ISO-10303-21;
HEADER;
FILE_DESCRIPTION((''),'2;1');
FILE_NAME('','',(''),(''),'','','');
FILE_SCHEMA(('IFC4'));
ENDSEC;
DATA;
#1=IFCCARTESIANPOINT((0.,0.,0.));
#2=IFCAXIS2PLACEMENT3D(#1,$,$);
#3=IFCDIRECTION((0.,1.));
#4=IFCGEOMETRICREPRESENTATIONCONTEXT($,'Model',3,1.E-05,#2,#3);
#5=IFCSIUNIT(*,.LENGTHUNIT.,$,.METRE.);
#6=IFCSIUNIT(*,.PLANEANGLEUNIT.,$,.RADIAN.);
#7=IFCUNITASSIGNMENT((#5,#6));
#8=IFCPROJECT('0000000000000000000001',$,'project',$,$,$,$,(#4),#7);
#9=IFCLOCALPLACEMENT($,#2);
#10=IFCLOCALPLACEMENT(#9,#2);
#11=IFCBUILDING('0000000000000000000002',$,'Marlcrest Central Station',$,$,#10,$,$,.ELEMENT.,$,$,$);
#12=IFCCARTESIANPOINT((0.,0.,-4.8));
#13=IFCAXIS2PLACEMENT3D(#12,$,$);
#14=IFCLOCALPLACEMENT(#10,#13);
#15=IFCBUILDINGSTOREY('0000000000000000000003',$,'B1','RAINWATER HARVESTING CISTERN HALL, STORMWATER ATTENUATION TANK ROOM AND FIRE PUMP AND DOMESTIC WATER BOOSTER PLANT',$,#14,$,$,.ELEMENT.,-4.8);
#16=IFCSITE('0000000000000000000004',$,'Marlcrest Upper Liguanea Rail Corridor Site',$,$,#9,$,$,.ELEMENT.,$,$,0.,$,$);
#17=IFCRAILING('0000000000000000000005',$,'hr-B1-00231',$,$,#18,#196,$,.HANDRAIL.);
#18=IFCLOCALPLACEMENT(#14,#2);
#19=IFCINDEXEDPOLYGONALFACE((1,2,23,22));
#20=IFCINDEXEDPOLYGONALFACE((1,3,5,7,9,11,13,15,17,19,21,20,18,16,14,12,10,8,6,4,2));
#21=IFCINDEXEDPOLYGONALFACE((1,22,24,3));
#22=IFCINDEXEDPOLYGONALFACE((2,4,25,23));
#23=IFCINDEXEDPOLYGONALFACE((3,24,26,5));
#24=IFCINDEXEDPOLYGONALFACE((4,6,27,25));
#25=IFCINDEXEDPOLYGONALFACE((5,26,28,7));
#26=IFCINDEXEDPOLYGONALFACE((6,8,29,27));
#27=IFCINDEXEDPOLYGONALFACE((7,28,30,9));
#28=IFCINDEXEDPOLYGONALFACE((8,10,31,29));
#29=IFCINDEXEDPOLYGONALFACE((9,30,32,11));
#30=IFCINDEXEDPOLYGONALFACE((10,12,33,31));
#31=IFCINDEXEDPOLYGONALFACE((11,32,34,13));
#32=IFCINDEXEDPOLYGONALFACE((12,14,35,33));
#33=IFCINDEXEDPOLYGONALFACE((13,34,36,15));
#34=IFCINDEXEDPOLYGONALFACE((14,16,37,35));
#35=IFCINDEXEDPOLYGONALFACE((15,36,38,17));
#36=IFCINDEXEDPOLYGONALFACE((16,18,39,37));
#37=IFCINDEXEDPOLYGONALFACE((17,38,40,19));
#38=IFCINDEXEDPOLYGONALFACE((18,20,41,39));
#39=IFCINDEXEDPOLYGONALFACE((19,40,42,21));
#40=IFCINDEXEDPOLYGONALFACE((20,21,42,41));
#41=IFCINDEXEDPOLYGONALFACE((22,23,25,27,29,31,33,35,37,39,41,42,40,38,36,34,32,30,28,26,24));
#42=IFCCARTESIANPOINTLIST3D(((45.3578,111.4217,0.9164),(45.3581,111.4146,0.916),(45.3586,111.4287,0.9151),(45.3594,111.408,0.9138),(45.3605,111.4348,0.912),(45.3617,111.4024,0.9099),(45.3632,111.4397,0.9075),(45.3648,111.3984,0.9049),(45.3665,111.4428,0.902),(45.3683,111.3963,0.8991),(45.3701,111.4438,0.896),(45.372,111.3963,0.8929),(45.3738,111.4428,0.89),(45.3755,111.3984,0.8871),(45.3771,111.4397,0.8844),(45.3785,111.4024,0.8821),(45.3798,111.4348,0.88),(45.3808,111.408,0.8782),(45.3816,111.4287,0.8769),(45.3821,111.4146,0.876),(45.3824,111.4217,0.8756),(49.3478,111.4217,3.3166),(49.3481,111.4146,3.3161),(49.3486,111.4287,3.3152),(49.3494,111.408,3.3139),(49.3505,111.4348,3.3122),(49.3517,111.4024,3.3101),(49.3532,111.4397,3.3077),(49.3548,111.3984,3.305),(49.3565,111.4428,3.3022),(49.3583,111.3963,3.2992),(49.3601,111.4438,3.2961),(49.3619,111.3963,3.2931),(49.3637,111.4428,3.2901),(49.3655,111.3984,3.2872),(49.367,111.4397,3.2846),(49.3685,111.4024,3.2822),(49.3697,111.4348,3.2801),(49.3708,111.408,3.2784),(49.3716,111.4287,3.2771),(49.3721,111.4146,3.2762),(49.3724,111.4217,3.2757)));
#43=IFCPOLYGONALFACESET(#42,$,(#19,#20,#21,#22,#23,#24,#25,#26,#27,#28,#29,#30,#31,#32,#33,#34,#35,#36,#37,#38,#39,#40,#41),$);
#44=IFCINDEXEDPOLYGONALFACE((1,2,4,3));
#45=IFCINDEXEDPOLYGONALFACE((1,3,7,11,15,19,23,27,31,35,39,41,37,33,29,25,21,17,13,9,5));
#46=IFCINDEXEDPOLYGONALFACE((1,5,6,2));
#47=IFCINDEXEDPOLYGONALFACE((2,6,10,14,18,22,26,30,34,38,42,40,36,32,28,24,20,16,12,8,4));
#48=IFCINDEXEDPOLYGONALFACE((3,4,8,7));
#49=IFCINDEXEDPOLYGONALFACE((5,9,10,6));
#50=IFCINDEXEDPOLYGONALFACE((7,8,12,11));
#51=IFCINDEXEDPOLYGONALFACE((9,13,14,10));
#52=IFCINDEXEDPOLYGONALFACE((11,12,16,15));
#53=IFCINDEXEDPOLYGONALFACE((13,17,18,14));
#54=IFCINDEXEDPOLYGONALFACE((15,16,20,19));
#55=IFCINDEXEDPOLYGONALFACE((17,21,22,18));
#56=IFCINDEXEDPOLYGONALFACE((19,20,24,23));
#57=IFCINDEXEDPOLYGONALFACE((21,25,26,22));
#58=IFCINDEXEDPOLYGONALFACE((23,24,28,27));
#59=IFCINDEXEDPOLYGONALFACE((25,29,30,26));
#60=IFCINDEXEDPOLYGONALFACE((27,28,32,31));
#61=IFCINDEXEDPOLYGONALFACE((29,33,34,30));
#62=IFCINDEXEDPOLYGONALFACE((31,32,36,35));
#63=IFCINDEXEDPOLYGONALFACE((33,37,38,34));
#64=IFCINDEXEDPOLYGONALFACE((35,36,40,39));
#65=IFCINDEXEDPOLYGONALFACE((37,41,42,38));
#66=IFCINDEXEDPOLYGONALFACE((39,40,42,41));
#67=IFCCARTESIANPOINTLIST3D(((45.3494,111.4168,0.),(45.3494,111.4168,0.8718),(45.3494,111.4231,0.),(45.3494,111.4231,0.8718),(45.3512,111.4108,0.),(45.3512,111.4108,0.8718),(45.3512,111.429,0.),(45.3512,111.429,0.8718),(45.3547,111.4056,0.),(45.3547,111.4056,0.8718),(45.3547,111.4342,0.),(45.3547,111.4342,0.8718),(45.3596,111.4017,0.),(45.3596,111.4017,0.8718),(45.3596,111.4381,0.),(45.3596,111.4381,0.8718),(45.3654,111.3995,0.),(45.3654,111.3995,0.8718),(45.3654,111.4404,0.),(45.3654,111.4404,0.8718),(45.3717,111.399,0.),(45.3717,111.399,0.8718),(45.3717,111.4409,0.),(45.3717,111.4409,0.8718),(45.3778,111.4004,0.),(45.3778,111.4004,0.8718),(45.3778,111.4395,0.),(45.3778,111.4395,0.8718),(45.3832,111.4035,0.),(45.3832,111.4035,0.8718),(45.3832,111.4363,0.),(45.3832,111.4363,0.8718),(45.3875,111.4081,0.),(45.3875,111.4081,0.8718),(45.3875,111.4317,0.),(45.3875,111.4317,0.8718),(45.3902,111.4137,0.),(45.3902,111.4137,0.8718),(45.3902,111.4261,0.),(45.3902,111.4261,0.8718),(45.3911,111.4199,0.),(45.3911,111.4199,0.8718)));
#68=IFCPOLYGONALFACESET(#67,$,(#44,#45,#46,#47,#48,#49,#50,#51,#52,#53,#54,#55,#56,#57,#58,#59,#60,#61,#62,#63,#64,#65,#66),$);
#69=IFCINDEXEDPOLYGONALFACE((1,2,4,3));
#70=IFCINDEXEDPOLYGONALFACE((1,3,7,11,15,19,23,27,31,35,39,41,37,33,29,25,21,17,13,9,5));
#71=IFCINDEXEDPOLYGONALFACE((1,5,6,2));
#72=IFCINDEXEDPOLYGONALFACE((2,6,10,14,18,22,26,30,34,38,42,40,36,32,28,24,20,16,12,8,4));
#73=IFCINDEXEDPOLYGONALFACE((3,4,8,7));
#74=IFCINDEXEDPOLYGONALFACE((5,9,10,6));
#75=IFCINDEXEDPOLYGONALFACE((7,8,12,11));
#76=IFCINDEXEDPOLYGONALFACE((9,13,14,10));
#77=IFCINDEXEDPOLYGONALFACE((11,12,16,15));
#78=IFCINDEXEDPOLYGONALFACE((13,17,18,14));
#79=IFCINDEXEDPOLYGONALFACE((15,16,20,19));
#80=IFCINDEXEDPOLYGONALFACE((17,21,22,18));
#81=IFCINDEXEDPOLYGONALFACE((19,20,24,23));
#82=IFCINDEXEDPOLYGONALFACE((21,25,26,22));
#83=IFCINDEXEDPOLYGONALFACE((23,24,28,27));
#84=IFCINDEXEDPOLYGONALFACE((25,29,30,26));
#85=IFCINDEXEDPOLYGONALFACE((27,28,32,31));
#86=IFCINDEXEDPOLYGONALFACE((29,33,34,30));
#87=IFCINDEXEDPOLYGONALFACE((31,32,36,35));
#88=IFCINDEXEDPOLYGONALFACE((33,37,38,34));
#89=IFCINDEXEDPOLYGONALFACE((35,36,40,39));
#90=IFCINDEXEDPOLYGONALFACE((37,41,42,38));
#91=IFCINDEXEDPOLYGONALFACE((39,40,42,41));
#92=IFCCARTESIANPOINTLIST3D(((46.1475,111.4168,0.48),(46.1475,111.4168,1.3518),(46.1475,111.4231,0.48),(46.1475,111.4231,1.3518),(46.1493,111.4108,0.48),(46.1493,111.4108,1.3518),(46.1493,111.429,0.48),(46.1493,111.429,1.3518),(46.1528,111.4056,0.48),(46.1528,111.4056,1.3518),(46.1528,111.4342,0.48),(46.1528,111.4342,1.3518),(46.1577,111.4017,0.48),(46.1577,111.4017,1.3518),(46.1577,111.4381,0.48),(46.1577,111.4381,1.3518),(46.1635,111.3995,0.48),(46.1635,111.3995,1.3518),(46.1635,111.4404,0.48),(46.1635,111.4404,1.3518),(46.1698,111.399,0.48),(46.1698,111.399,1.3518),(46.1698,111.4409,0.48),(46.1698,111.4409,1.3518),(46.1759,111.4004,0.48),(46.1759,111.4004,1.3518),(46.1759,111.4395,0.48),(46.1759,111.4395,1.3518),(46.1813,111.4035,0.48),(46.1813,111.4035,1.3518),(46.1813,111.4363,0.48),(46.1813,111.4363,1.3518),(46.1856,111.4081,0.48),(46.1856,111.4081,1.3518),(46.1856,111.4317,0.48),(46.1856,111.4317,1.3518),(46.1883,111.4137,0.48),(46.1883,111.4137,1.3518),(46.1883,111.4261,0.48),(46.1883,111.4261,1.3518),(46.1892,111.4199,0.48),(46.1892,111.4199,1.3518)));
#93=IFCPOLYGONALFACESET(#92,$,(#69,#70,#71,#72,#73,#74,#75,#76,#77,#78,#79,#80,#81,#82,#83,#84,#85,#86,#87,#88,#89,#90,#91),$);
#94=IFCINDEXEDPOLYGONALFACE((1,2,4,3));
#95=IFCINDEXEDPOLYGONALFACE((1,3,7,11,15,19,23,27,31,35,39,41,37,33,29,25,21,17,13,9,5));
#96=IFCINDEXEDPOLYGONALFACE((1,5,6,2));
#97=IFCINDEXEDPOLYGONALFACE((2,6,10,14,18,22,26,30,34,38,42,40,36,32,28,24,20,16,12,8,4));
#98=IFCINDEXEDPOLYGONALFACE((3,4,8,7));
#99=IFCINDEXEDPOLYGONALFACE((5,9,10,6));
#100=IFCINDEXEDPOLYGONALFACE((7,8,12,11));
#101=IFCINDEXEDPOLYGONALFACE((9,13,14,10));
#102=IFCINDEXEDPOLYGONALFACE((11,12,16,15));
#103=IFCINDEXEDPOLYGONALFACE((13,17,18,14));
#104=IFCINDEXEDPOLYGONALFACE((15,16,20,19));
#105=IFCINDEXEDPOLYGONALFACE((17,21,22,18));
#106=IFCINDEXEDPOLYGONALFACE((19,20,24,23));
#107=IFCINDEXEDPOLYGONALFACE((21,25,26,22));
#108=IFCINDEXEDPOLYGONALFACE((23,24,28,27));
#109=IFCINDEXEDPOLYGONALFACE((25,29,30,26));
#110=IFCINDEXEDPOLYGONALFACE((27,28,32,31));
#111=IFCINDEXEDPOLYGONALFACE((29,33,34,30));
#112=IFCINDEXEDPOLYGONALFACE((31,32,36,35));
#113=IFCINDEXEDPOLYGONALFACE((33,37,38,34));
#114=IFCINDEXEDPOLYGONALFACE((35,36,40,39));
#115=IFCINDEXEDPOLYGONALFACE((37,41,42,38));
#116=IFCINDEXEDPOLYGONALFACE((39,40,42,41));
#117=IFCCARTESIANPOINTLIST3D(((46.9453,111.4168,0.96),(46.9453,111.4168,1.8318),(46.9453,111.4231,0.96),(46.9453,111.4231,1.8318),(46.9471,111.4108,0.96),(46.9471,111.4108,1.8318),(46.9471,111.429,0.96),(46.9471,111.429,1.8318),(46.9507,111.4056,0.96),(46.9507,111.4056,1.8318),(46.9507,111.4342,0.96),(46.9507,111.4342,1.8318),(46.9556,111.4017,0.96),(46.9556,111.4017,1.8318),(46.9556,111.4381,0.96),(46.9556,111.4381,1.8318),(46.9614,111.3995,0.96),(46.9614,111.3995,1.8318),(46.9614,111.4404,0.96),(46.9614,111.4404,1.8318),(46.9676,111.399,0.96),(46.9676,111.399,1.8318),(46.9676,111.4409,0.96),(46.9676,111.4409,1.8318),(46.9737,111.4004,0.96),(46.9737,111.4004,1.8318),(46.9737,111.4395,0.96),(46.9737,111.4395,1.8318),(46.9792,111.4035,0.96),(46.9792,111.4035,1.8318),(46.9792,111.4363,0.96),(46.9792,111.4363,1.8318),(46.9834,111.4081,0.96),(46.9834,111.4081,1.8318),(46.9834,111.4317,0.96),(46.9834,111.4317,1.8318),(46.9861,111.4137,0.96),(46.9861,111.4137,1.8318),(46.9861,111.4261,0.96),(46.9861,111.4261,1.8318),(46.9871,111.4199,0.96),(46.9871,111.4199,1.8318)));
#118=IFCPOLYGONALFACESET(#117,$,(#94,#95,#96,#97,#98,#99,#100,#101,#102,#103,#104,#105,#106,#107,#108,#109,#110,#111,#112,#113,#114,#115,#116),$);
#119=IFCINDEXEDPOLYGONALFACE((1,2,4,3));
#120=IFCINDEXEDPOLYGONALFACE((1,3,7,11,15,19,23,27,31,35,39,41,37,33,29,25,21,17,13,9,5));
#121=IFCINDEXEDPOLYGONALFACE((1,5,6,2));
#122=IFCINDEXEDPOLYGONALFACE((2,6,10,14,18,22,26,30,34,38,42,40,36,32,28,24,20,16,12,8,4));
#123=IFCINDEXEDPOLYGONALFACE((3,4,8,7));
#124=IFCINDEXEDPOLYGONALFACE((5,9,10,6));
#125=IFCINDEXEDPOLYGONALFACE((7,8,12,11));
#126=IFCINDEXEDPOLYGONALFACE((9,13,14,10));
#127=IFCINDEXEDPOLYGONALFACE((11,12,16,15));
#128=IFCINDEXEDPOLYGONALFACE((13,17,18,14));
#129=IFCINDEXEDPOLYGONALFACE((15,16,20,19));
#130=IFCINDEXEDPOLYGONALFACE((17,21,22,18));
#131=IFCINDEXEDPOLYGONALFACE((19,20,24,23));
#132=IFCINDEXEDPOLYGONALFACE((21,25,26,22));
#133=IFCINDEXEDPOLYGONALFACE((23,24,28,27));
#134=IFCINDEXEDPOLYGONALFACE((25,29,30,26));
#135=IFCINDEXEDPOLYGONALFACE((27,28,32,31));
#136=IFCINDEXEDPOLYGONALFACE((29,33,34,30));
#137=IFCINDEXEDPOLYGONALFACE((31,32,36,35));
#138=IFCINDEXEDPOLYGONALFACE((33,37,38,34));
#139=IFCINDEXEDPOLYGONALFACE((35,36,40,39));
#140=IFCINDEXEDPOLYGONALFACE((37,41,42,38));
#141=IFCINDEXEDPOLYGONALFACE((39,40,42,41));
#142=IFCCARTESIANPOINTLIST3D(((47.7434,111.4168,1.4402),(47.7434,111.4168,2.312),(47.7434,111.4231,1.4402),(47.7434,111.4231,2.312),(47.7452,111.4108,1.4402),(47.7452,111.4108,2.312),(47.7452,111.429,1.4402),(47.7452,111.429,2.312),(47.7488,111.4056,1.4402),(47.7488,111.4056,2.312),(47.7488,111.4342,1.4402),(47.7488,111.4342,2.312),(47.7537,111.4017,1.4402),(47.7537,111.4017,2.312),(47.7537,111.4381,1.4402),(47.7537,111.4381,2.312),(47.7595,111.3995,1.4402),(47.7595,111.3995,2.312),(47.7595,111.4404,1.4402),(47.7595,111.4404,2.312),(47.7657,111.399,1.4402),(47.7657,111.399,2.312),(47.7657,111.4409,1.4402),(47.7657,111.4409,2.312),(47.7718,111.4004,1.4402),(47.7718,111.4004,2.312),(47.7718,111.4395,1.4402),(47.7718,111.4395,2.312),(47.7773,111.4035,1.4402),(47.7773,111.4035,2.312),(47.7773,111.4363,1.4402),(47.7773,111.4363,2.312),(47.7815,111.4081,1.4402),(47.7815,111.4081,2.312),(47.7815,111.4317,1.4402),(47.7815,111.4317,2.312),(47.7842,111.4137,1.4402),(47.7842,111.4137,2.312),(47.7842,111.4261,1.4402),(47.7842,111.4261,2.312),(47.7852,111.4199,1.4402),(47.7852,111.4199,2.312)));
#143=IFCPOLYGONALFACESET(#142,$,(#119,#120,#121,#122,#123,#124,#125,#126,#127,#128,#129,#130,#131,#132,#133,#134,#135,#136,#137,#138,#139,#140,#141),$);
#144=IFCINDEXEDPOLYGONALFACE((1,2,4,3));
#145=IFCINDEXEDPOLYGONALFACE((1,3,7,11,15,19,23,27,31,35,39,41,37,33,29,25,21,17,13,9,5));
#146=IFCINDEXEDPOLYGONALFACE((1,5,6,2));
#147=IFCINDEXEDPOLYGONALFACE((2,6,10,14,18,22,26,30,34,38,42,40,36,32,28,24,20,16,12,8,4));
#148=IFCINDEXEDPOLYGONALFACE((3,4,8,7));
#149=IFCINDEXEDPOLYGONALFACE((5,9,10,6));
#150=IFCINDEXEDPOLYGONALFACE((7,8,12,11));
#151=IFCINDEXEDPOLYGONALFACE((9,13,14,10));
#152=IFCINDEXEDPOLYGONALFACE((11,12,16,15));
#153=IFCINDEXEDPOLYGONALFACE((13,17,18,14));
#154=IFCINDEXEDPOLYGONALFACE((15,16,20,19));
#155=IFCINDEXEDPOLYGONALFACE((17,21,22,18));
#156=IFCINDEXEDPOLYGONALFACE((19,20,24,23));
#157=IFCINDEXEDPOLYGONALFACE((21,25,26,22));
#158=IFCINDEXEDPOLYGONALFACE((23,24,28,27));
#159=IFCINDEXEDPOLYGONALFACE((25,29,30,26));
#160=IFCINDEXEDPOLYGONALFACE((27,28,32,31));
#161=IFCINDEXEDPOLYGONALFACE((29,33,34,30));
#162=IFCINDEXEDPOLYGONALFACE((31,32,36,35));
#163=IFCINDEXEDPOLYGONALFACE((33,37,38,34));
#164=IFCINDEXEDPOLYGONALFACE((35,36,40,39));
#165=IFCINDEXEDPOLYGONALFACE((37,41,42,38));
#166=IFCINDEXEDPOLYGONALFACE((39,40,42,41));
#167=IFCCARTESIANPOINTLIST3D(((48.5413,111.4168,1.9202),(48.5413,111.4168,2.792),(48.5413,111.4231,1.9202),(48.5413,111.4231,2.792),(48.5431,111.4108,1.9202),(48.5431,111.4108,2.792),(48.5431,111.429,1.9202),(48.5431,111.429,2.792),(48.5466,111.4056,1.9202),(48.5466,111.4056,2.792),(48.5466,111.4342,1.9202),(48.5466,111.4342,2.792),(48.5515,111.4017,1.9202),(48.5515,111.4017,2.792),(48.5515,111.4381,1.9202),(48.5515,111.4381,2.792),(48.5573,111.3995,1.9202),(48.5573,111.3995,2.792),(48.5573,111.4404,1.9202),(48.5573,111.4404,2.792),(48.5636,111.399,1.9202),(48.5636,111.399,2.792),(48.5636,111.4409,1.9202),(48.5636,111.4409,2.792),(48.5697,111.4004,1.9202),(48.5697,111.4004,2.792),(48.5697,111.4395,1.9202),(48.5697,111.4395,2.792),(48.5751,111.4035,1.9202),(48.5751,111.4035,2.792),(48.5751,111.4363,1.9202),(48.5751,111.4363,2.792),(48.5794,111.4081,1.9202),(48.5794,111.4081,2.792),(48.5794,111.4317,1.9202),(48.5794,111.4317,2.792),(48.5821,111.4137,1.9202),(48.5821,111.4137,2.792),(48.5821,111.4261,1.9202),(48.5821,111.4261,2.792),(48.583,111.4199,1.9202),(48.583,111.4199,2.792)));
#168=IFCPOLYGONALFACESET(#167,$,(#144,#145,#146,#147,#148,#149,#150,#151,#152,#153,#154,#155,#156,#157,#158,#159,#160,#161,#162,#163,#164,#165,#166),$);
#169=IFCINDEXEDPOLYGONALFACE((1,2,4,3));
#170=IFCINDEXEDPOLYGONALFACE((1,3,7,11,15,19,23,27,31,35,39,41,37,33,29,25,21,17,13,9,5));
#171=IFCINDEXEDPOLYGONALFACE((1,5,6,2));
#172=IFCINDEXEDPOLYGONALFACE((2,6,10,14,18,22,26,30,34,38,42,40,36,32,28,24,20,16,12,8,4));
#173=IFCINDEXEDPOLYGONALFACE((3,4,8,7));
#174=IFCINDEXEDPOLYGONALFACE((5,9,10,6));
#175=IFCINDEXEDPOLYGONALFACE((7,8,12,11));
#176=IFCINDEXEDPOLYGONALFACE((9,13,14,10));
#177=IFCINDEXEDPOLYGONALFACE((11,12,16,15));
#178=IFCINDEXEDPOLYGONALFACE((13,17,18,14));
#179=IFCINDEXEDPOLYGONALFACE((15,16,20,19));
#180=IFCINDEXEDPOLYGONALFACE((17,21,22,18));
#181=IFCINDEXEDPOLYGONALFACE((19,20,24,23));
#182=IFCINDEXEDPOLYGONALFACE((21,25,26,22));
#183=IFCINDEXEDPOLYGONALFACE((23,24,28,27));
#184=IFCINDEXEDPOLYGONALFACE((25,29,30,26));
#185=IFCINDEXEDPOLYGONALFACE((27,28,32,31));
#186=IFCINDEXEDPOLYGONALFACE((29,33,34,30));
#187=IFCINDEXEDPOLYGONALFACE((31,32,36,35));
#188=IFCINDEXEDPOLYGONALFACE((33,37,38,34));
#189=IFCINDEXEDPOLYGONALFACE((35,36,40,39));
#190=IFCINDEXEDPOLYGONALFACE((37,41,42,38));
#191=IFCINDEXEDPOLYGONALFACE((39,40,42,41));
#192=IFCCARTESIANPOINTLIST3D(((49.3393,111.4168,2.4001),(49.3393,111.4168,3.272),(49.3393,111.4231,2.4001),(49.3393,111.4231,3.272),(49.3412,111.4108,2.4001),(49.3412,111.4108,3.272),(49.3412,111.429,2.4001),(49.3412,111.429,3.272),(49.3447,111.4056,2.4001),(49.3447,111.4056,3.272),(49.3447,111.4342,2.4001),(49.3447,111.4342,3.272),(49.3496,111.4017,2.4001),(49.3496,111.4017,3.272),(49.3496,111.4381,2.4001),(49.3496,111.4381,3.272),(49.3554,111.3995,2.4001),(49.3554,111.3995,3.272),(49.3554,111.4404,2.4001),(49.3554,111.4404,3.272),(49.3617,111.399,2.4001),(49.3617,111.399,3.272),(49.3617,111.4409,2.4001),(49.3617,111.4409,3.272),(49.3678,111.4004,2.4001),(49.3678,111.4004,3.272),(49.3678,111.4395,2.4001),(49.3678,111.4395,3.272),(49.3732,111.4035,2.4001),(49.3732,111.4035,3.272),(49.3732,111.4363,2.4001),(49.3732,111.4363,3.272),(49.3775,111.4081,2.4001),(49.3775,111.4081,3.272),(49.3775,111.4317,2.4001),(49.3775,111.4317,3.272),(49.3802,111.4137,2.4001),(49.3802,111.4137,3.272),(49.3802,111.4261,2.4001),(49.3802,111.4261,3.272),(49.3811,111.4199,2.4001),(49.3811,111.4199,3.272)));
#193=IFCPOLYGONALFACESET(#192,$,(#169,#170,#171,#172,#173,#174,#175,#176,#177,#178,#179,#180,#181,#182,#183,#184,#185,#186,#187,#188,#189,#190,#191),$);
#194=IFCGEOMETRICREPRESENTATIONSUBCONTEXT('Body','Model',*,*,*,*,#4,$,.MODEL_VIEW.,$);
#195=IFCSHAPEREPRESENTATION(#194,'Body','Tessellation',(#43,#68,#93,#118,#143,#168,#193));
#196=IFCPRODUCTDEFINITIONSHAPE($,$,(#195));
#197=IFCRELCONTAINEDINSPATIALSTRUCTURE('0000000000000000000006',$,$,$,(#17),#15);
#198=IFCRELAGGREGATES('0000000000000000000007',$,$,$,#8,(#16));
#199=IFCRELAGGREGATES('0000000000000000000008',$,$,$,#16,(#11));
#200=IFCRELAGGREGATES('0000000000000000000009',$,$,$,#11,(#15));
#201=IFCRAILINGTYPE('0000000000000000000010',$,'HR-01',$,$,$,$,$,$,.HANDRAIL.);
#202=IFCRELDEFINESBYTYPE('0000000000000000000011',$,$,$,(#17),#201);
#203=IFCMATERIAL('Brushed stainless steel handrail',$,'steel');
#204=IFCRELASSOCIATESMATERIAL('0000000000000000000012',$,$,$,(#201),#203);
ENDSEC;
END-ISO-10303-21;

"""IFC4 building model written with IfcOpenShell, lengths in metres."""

from ifc_helpers import new_model, si_unit, direction, frame, origin, origin_2d, place, context, subcontext, project, spatial, circle, extrude, material, type_object, element, save


model = new_model("IFC4")

# Units and contexts
model_context = context("Model", 3, precision=1e-05, world=origin(), true_north=direction((0.0, 1.0)))
body_context = subcontext(model_context, "Body", "Model", "MODEL_VIEW")
ifc_project = project(units=[si_unit("LENGTHUNIT", "METRE"), si_unit("PLANEANGLEUNIT", "RADIAN")], contexts=[model_context])

# Site, building, storey
site_placement = place(None, origin())
site = spatial("IfcSite", under=ifc_project, at=site_placement, Name="Marlcrest Upper Liguanea Rail Corridor Site", CompositionType="ELEMENT", RefElevation=0.0)
building_placement = place(site_placement, origin())
building = spatial("IfcBuilding", under=site, at=building_placement, Name="Marlcrest Central Station", CompositionType="ELEMENT")
storey_placement = place(building_placement, frame((0.0, 0.0, -4.8)))
storey = spatial("IfcBuildingStorey", under=building, at=storey_placement, Name="B1", Description="RAINWATER HARVESTING CISTERN HALL, STORMWATER ATTENUATION TANK ROOM AND FIRE PUMP AND DOMESTIC WATER BOOSTER PLANT", CompositionType="ELEMENT", Elevation=-4.8)

# Railing
ifc_material_1 = material(Name="Brushed stainless steel handrail", Category="steel")
railing_type_1 = type_object("IfcRailingType", Name="HR-01", PredefinedType="HANDRAIL", material=ifc_material_1)
for number, where, name in (
    (1, (45.3701, 111.4199, 0.0), "hr-B1-00231"),
):
    element("IfcRailing", number, at=place(storey_placement, frame(where)), inside=storey, type_object=railing_type_1, Name=name, PredefinedType="HANDRAIL", context=body_context, shape_type="SweptSolid", body=[
        extrude(circle(Radius=0.0239, at=origin_2d()), frame((0.0, 0.0, 0.896), z_axis=(0.856909, 0.0, 0.515467), x_axis=(0.0, 1.0, 0.0)), (0.0, 0.0, 1.0), 4.6562),
        extrude(circle(Radius=0.021, at=origin_2d()), origin(), (0.0, 0.0, 1.0), 0.8718),
        extrude(circle(Radius=0.021, at=origin_2d()), frame((0.7981, 0.0, 0.48)), (0.0, 0.0, 1.0), 0.8718),
        extrude(circle(Radius=0.021, at=origin_2d()), frame((1.5959, 0.0, 0.96)), (0.0, 0.0, 1.0), 0.8718),
        extrude(circle(Radius=0.021, at=origin_2d()), frame((2.394, 0.0, 1.4402)), (0.0, 0.0, 1.0), 0.8718),
        extrude(circle(Radius=0.021, at=origin_2d()), frame((3.1919, 0.0, 1.9202)), (0.0, 0.0, 1.0), 0.8718),
        extrude(circle(Radius=0.021, at=origin_2d()), frame((3.99, 0.0, 2.4001)), (0.0, 0.0, 1.0), 0.8718),
    ])

save(model, "model.ifc")
